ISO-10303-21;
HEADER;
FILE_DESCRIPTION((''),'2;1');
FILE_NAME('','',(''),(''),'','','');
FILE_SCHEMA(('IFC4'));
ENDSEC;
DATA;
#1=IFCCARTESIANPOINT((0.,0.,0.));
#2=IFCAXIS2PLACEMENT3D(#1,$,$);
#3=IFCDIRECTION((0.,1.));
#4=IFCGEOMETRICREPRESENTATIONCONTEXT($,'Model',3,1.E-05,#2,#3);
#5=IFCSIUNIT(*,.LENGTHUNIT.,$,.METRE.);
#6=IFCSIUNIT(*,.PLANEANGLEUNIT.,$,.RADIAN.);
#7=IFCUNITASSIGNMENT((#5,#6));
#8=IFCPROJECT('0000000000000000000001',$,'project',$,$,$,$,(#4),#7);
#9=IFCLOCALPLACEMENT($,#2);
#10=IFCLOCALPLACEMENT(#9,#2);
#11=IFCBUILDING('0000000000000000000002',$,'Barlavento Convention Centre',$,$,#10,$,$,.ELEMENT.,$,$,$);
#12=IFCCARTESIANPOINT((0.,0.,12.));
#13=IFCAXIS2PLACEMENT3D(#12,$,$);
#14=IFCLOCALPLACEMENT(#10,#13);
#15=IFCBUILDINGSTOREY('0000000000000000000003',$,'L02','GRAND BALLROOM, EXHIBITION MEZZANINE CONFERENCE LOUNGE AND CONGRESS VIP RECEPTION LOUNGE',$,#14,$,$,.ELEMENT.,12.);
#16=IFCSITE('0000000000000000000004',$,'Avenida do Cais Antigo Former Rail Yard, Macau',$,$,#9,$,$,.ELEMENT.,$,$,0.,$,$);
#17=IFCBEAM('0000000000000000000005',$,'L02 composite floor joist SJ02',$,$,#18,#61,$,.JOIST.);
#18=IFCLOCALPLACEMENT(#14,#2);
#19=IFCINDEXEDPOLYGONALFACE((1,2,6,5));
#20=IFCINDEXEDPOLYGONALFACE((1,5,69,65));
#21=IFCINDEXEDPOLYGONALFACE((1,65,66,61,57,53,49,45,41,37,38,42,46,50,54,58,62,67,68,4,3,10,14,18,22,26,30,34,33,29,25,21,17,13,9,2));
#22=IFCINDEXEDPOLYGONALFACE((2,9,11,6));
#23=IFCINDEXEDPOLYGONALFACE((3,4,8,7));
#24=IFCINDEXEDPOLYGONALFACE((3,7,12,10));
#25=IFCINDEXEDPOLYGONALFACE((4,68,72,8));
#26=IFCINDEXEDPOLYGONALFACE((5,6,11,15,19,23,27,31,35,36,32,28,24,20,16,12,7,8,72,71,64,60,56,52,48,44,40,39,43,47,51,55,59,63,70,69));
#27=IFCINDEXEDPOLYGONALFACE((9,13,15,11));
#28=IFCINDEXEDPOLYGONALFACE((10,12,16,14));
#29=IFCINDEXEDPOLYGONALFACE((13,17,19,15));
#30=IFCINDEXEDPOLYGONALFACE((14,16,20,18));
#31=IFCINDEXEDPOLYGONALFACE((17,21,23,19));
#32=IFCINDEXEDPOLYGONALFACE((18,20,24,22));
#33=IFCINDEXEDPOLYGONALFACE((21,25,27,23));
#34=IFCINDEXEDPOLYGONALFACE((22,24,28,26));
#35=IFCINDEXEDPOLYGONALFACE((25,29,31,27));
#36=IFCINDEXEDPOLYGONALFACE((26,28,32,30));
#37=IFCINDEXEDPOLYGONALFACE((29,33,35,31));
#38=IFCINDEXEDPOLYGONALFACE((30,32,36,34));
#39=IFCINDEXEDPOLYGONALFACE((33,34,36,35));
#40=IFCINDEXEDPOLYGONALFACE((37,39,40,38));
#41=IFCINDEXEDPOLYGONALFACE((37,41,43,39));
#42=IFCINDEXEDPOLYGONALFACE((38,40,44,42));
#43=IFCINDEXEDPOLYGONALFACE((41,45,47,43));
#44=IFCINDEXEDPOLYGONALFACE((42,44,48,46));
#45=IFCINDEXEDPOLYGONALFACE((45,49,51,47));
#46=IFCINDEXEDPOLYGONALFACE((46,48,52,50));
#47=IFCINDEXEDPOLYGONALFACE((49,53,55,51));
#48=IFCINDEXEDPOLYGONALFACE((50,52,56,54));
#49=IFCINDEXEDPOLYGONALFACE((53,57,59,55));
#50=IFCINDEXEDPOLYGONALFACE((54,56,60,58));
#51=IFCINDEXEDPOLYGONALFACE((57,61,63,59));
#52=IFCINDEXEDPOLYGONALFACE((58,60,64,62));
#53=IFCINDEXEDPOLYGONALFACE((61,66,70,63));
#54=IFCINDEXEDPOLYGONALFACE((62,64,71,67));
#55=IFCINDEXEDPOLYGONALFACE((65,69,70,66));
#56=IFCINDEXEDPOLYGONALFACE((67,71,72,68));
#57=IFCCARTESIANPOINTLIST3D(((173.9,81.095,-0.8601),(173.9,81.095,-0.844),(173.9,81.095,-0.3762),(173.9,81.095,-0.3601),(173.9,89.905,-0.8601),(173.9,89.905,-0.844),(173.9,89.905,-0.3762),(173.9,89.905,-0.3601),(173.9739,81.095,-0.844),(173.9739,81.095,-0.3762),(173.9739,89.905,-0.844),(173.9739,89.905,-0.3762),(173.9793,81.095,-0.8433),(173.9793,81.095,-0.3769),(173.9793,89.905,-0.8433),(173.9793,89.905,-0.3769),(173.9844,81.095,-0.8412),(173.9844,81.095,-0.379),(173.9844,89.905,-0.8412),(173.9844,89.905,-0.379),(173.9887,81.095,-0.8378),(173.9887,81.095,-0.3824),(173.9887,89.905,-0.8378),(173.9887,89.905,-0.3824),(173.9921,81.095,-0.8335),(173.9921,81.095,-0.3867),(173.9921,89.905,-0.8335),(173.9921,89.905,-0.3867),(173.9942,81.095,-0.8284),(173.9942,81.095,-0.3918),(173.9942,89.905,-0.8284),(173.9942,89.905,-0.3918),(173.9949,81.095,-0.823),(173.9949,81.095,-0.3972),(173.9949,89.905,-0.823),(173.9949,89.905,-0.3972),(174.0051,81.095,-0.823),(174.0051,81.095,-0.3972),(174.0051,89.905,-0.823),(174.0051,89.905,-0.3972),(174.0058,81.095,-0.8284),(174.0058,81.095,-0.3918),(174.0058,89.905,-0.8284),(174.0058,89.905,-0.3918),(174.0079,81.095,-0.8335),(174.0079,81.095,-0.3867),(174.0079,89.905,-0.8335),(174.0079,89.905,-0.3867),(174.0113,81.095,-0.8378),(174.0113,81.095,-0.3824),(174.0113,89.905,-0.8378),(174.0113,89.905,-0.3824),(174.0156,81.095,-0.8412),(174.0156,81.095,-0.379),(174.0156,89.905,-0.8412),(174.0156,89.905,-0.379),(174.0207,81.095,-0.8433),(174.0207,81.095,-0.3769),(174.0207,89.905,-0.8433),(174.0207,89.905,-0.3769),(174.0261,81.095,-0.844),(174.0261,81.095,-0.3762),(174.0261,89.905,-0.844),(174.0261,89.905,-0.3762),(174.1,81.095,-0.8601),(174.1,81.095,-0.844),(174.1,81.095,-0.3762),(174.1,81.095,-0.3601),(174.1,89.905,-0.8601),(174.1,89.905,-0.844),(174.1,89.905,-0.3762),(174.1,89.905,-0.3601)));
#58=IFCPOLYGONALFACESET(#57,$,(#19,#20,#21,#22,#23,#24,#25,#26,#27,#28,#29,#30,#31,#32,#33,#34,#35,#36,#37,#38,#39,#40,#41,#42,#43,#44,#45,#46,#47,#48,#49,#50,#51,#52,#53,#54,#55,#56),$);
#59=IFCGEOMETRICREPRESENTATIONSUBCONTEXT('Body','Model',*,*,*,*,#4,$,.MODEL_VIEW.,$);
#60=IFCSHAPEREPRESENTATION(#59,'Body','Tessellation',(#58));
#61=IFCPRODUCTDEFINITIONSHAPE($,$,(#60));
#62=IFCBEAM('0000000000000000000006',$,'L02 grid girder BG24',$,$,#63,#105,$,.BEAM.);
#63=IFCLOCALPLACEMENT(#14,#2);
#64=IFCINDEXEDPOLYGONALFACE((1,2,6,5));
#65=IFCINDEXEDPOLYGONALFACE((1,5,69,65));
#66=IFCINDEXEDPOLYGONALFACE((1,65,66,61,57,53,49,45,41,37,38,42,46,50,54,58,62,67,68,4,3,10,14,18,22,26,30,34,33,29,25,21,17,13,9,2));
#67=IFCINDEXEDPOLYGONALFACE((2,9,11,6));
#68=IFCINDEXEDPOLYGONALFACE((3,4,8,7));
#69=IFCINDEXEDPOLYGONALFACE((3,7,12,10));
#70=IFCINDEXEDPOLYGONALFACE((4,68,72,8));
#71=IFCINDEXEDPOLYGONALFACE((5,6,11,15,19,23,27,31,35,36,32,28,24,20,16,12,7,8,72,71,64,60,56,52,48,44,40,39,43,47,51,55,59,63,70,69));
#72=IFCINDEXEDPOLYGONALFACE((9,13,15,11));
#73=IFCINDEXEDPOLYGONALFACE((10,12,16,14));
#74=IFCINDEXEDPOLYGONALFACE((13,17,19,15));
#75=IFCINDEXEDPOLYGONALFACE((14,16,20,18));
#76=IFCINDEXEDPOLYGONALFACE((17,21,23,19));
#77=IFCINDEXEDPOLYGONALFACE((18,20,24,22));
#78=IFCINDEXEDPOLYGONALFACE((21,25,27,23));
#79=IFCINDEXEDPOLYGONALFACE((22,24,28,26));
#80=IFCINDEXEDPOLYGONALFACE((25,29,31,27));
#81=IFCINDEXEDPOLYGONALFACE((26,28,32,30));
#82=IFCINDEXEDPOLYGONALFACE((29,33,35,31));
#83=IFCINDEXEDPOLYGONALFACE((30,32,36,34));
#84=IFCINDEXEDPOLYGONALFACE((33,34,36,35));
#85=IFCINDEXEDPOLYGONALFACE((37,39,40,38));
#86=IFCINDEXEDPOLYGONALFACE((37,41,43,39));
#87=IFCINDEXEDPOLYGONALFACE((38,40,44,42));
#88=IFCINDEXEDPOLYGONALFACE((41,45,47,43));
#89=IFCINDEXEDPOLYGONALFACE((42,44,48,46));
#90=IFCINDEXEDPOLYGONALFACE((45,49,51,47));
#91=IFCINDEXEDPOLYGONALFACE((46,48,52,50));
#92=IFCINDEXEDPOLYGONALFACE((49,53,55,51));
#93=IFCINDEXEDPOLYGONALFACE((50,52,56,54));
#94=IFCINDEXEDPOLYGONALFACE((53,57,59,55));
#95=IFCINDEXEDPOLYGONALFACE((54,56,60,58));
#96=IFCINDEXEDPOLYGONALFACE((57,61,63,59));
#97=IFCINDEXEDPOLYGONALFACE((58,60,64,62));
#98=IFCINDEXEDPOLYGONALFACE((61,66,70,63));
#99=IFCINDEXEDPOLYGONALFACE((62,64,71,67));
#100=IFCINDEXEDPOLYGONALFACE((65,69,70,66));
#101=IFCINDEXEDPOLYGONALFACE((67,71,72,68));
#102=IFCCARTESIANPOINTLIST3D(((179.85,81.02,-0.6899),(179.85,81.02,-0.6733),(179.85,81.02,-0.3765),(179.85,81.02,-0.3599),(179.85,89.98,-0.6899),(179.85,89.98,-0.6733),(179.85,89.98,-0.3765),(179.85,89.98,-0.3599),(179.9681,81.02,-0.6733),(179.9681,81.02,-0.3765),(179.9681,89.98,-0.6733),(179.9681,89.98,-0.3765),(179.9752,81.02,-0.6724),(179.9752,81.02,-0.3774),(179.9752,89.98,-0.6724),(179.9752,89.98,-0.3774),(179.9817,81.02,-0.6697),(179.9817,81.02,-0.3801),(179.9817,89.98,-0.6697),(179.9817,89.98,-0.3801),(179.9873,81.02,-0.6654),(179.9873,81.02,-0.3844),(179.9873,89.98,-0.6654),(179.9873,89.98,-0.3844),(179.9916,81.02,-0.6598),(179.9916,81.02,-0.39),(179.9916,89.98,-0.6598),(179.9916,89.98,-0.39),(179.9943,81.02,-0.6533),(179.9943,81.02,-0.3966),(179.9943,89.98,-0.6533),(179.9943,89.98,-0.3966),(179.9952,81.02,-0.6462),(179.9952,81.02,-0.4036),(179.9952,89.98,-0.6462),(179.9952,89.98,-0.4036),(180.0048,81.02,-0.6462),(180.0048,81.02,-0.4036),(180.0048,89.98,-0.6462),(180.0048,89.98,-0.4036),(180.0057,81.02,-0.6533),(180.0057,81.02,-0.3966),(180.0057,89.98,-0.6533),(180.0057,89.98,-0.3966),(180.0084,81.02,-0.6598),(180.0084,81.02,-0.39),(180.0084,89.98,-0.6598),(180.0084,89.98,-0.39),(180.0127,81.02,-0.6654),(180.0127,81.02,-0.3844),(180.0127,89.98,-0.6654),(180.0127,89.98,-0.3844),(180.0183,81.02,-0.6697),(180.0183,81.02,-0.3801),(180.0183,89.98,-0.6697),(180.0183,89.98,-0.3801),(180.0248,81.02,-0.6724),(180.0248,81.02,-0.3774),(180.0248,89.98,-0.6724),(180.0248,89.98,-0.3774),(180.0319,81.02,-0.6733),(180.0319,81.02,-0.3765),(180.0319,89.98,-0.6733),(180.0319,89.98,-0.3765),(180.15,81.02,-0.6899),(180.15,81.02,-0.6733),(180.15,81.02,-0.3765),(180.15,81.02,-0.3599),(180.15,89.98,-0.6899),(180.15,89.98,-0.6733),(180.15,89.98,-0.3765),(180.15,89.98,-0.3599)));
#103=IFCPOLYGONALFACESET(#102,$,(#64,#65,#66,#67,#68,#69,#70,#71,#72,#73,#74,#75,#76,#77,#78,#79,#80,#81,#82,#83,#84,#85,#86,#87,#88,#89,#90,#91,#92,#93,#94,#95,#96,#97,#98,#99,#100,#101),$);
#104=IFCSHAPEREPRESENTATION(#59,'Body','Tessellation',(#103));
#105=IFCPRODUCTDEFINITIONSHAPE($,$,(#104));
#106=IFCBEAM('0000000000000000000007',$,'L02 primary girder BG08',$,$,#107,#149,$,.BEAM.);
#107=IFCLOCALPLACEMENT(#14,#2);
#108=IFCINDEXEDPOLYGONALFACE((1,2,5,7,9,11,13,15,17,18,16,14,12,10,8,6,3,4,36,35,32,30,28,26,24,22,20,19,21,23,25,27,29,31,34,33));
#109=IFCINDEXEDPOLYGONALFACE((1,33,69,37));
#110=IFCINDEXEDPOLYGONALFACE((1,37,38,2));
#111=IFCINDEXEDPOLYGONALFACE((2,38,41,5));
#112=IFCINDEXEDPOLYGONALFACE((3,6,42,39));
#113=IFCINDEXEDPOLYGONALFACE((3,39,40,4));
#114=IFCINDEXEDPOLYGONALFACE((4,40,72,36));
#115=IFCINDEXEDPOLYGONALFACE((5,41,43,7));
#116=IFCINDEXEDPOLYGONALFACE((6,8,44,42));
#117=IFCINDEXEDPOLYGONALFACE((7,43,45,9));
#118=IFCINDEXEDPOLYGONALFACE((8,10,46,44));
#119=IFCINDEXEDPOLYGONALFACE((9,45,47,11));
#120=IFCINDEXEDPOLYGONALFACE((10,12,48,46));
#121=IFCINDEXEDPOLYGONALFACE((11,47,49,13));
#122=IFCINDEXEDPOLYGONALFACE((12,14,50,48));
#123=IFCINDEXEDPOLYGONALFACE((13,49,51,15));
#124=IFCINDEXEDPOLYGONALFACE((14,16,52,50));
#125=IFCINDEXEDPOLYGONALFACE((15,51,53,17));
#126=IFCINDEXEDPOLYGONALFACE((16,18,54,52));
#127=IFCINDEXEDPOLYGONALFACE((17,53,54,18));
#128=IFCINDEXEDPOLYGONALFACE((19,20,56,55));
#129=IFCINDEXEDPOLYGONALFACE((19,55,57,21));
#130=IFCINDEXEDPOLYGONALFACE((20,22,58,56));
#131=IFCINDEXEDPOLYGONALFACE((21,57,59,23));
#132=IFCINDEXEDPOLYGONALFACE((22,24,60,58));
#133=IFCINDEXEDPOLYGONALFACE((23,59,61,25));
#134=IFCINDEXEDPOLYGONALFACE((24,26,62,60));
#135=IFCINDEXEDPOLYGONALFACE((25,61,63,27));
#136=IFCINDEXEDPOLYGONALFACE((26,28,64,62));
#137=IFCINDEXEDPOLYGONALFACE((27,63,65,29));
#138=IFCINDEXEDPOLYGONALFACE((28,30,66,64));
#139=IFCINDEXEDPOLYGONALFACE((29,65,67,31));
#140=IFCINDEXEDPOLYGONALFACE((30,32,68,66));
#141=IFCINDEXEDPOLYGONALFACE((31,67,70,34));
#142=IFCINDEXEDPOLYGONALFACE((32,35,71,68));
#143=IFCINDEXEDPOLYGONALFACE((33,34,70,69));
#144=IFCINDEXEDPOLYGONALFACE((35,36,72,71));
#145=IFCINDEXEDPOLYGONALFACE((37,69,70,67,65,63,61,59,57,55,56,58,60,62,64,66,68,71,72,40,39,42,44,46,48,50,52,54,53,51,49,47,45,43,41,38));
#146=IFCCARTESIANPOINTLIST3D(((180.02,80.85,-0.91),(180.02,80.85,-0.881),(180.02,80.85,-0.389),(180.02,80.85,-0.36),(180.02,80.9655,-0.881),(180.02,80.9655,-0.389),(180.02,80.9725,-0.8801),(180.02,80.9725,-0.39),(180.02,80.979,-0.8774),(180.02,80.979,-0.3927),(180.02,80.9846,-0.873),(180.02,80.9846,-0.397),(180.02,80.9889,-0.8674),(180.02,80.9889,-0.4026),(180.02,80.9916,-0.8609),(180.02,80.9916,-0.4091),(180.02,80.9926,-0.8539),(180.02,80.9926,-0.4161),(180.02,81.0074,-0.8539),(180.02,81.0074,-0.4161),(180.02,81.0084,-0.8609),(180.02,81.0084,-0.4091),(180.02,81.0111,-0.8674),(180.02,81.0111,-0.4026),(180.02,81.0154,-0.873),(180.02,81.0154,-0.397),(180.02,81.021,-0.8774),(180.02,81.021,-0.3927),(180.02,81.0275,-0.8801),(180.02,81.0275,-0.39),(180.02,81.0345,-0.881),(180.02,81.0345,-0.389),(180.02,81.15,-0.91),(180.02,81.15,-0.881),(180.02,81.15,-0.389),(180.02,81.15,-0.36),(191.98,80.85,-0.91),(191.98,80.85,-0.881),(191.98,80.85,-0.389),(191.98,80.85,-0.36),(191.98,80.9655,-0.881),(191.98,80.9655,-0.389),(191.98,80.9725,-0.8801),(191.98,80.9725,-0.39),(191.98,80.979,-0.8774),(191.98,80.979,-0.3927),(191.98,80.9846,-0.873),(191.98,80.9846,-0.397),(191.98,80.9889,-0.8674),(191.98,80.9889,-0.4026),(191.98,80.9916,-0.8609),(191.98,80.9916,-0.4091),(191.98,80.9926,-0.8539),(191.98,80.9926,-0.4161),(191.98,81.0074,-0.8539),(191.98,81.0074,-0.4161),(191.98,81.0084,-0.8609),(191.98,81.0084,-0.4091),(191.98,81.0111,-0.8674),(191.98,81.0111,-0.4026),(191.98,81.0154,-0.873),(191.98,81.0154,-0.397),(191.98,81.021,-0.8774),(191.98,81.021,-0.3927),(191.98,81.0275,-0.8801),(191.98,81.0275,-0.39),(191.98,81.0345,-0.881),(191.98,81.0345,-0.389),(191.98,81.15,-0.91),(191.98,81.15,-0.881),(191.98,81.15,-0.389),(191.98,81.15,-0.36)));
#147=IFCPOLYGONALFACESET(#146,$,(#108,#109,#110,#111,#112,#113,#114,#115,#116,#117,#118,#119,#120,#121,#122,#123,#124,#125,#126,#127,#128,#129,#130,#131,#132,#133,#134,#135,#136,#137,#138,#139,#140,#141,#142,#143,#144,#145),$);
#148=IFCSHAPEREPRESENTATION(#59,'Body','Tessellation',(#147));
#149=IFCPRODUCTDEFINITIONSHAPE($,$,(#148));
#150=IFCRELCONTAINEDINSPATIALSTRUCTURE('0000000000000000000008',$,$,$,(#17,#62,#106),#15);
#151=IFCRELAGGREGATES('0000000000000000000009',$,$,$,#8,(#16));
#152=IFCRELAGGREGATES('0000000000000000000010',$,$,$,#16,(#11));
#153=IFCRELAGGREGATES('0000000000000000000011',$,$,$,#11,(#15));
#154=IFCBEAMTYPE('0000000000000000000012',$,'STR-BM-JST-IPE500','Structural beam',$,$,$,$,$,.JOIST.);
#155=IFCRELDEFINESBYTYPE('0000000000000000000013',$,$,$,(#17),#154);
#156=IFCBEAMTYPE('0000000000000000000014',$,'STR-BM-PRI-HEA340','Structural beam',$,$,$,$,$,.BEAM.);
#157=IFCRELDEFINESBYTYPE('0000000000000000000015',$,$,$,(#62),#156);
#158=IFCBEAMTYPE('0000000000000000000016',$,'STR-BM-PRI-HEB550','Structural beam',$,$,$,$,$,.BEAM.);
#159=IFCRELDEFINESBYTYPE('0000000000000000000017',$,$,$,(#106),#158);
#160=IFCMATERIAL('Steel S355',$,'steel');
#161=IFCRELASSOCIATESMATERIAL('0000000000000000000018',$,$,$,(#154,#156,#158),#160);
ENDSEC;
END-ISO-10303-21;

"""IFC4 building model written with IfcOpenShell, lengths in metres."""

from ifc_helpers import new_model, si_unit, direction, frame, origin, origin_2d, place, context, subcontext, project, spatial, i_section, extrude, material, material_profile, profile_set, type_object, element, save


model = new_model("IFC4")

# Units and contexts
model_context = context("Model", 3, precision=1e-05, world=origin(), true_north=direction((0.0, 1.0)))
body_context = subcontext(model_context, "Body", "Model", "MODEL_VIEW")
ifc_project = project(units=[si_unit("LENGTHUNIT", "METRE"), si_unit("PLANEANGLEUNIT", "RADIAN")], contexts=[model_context])

# Site, building, storey
site_placement = place(None, origin())
site = spatial("IfcSite", under=ifc_project, at=site_placement, Name="Avenida do Cais Antigo Former Rail Yard, Macau", CompositionType="ELEMENT", RefElevation=0.0)
building_placement = place(site_placement, origin())
building = spatial("IfcBuilding", under=site, at=building_placement, Name="Barlavento Convention Centre", CompositionType="ELEMENT")
storey_placement = place(building_placement, frame((0.0, 0.0, 12.0)))
storey = spatial("IfcBuildingStorey", under=building, at=storey_placement, Name="L02", Description="GRAND BALLROOM, EXHIBITION MEZZANINE CONFERENCE LOUNGE AND CONGRESS VIP RECEPTION LOUNGE", CompositionType="ELEMENT", Elevation=12.0)

# Shared definitions
ifc_material_1 = material(Name="Steel S355", Category="steel")

# Beams
ifc_material_profile_1 = material_profile(ifc_material_1, i_section(OverallWidth=0.2, OverallDepth=0.5, WebThickness=0.0103, FlangeThickness=0.0161, FilletRadius=0.021, at=origin_2d()), Name="IPE 500")
ifc_profile_set_1 = profile_set([ifc_material_profile_1], Name="Steel S355")
beam_type_1 = type_object("IfcBeamType", Name="STR-BM-JST-IPE500", Description="Structural beam", PredefinedType="JOIST", material=ifc_profile_set_1)
beam_1_placement = place(storey_placement, frame((174.0, 81.095, -0.6101), z_axis=(0.0, 1.0, 0.0), x_axis=(-1.0, 0.0, 0.0)))
element("IfcBeam", 1, at=beam_1_placement, inside=storey, type_object=beam_type_1, Name="L02 composite floor joist SJ02", PredefinedType="JOIST", context=body_context, shape_type="SweptSolid", body=[
    extrude(i_section(OverallWidth=0.2, OverallDepth=0.5, WebThickness=0.0103, FlangeThickness=0.0161, FilletRadius=0.021, at=origin_2d()), origin(), (0.0, 0.0, 1.0), 8.8101),
])
ifc_material_profile_2 = material_profile(ifc_material_1, i_section(OverallWidth=0.3, OverallDepth=0.3301, WebThickness=0.0095, FlangeThickness=0.0166, FilletRadius=0.0271, at=origin_2d()), Name="HEA 340")
ifc_profile_set_2 = profile_set([ifc_material_profile_2], Name="Steel S355")
beam_type_2 = type_object("IfcBeamType", Name="STR-BM-PRI-HEA340", Description="Structural beam", PredefinedType="BEAM", material=ifc_profile_set_2)
beam_2_placement = place(storey_placement, frame((180.0, 81.02, -0.5249), z_axis=(0.0, 1.0, 0.0), x_axis=(-1.0, 0.0, 0.0)))
element("IfcBeam", 2, at=beam_2_placement, inside=storey, type_object=beam_type_2, Name="L02 grid girder BG24", PredefinedType="BEAM", context=body_context, shape_type="SweptSolid", body=[
    extrude(i_section(OverallWidth=0.3, OverallDepth=0.3301, WebThickness=0.0095, FlangeThickness=0.0166, FilletRadius=0.0271, at=origin_2d()), origin(), (0.0, 0.0, 1.0), 8.96),
])
ifc_material_profile_3 = material_profile(ifc_material_1, i_section(OverallWidth=0.3, OverallDepth=0.55, WebThickness=0.0149, FlangeThickness=0.0291, FilletRadius=0.0271, at=origin_2d()), Name="HEB 550")
ifc_profile_set_3 = profile_set([ifc_material_profile_3], Name="Steel S355")
beam_type_3 = type_object("IfcBeamType", Name="STR-BM-PRI-HEB550", Description="Structural beam", PredefinedType="BEAM", material=ifc_profile_set_3)
beam_3_placement = place(storey_placement, frame((180.02, 81.0, -0.635), z_axis=(1.0, 0.0, 0.0), x_axis=(0.0, 1.0, 0.0)))
element("IfcBeam", 3, at=beam_3_placement, inside=storey, type_object=beam_type_3, Name="L02 primary girder BG08", PredefinedType="BEAM", context=body_context, shape_type="SweptSolid", body=[
    extrude(i_section(OverallWidth=0.3, OverallDepth=0.55, WebThickness=0.0149, FlangeThickness=0.0291, FilletRadius=0.0271, at=origin_2d()), origin(), (0.0, 0.0, 1.0), 11.96),
])

save(model, "model.ifc")
